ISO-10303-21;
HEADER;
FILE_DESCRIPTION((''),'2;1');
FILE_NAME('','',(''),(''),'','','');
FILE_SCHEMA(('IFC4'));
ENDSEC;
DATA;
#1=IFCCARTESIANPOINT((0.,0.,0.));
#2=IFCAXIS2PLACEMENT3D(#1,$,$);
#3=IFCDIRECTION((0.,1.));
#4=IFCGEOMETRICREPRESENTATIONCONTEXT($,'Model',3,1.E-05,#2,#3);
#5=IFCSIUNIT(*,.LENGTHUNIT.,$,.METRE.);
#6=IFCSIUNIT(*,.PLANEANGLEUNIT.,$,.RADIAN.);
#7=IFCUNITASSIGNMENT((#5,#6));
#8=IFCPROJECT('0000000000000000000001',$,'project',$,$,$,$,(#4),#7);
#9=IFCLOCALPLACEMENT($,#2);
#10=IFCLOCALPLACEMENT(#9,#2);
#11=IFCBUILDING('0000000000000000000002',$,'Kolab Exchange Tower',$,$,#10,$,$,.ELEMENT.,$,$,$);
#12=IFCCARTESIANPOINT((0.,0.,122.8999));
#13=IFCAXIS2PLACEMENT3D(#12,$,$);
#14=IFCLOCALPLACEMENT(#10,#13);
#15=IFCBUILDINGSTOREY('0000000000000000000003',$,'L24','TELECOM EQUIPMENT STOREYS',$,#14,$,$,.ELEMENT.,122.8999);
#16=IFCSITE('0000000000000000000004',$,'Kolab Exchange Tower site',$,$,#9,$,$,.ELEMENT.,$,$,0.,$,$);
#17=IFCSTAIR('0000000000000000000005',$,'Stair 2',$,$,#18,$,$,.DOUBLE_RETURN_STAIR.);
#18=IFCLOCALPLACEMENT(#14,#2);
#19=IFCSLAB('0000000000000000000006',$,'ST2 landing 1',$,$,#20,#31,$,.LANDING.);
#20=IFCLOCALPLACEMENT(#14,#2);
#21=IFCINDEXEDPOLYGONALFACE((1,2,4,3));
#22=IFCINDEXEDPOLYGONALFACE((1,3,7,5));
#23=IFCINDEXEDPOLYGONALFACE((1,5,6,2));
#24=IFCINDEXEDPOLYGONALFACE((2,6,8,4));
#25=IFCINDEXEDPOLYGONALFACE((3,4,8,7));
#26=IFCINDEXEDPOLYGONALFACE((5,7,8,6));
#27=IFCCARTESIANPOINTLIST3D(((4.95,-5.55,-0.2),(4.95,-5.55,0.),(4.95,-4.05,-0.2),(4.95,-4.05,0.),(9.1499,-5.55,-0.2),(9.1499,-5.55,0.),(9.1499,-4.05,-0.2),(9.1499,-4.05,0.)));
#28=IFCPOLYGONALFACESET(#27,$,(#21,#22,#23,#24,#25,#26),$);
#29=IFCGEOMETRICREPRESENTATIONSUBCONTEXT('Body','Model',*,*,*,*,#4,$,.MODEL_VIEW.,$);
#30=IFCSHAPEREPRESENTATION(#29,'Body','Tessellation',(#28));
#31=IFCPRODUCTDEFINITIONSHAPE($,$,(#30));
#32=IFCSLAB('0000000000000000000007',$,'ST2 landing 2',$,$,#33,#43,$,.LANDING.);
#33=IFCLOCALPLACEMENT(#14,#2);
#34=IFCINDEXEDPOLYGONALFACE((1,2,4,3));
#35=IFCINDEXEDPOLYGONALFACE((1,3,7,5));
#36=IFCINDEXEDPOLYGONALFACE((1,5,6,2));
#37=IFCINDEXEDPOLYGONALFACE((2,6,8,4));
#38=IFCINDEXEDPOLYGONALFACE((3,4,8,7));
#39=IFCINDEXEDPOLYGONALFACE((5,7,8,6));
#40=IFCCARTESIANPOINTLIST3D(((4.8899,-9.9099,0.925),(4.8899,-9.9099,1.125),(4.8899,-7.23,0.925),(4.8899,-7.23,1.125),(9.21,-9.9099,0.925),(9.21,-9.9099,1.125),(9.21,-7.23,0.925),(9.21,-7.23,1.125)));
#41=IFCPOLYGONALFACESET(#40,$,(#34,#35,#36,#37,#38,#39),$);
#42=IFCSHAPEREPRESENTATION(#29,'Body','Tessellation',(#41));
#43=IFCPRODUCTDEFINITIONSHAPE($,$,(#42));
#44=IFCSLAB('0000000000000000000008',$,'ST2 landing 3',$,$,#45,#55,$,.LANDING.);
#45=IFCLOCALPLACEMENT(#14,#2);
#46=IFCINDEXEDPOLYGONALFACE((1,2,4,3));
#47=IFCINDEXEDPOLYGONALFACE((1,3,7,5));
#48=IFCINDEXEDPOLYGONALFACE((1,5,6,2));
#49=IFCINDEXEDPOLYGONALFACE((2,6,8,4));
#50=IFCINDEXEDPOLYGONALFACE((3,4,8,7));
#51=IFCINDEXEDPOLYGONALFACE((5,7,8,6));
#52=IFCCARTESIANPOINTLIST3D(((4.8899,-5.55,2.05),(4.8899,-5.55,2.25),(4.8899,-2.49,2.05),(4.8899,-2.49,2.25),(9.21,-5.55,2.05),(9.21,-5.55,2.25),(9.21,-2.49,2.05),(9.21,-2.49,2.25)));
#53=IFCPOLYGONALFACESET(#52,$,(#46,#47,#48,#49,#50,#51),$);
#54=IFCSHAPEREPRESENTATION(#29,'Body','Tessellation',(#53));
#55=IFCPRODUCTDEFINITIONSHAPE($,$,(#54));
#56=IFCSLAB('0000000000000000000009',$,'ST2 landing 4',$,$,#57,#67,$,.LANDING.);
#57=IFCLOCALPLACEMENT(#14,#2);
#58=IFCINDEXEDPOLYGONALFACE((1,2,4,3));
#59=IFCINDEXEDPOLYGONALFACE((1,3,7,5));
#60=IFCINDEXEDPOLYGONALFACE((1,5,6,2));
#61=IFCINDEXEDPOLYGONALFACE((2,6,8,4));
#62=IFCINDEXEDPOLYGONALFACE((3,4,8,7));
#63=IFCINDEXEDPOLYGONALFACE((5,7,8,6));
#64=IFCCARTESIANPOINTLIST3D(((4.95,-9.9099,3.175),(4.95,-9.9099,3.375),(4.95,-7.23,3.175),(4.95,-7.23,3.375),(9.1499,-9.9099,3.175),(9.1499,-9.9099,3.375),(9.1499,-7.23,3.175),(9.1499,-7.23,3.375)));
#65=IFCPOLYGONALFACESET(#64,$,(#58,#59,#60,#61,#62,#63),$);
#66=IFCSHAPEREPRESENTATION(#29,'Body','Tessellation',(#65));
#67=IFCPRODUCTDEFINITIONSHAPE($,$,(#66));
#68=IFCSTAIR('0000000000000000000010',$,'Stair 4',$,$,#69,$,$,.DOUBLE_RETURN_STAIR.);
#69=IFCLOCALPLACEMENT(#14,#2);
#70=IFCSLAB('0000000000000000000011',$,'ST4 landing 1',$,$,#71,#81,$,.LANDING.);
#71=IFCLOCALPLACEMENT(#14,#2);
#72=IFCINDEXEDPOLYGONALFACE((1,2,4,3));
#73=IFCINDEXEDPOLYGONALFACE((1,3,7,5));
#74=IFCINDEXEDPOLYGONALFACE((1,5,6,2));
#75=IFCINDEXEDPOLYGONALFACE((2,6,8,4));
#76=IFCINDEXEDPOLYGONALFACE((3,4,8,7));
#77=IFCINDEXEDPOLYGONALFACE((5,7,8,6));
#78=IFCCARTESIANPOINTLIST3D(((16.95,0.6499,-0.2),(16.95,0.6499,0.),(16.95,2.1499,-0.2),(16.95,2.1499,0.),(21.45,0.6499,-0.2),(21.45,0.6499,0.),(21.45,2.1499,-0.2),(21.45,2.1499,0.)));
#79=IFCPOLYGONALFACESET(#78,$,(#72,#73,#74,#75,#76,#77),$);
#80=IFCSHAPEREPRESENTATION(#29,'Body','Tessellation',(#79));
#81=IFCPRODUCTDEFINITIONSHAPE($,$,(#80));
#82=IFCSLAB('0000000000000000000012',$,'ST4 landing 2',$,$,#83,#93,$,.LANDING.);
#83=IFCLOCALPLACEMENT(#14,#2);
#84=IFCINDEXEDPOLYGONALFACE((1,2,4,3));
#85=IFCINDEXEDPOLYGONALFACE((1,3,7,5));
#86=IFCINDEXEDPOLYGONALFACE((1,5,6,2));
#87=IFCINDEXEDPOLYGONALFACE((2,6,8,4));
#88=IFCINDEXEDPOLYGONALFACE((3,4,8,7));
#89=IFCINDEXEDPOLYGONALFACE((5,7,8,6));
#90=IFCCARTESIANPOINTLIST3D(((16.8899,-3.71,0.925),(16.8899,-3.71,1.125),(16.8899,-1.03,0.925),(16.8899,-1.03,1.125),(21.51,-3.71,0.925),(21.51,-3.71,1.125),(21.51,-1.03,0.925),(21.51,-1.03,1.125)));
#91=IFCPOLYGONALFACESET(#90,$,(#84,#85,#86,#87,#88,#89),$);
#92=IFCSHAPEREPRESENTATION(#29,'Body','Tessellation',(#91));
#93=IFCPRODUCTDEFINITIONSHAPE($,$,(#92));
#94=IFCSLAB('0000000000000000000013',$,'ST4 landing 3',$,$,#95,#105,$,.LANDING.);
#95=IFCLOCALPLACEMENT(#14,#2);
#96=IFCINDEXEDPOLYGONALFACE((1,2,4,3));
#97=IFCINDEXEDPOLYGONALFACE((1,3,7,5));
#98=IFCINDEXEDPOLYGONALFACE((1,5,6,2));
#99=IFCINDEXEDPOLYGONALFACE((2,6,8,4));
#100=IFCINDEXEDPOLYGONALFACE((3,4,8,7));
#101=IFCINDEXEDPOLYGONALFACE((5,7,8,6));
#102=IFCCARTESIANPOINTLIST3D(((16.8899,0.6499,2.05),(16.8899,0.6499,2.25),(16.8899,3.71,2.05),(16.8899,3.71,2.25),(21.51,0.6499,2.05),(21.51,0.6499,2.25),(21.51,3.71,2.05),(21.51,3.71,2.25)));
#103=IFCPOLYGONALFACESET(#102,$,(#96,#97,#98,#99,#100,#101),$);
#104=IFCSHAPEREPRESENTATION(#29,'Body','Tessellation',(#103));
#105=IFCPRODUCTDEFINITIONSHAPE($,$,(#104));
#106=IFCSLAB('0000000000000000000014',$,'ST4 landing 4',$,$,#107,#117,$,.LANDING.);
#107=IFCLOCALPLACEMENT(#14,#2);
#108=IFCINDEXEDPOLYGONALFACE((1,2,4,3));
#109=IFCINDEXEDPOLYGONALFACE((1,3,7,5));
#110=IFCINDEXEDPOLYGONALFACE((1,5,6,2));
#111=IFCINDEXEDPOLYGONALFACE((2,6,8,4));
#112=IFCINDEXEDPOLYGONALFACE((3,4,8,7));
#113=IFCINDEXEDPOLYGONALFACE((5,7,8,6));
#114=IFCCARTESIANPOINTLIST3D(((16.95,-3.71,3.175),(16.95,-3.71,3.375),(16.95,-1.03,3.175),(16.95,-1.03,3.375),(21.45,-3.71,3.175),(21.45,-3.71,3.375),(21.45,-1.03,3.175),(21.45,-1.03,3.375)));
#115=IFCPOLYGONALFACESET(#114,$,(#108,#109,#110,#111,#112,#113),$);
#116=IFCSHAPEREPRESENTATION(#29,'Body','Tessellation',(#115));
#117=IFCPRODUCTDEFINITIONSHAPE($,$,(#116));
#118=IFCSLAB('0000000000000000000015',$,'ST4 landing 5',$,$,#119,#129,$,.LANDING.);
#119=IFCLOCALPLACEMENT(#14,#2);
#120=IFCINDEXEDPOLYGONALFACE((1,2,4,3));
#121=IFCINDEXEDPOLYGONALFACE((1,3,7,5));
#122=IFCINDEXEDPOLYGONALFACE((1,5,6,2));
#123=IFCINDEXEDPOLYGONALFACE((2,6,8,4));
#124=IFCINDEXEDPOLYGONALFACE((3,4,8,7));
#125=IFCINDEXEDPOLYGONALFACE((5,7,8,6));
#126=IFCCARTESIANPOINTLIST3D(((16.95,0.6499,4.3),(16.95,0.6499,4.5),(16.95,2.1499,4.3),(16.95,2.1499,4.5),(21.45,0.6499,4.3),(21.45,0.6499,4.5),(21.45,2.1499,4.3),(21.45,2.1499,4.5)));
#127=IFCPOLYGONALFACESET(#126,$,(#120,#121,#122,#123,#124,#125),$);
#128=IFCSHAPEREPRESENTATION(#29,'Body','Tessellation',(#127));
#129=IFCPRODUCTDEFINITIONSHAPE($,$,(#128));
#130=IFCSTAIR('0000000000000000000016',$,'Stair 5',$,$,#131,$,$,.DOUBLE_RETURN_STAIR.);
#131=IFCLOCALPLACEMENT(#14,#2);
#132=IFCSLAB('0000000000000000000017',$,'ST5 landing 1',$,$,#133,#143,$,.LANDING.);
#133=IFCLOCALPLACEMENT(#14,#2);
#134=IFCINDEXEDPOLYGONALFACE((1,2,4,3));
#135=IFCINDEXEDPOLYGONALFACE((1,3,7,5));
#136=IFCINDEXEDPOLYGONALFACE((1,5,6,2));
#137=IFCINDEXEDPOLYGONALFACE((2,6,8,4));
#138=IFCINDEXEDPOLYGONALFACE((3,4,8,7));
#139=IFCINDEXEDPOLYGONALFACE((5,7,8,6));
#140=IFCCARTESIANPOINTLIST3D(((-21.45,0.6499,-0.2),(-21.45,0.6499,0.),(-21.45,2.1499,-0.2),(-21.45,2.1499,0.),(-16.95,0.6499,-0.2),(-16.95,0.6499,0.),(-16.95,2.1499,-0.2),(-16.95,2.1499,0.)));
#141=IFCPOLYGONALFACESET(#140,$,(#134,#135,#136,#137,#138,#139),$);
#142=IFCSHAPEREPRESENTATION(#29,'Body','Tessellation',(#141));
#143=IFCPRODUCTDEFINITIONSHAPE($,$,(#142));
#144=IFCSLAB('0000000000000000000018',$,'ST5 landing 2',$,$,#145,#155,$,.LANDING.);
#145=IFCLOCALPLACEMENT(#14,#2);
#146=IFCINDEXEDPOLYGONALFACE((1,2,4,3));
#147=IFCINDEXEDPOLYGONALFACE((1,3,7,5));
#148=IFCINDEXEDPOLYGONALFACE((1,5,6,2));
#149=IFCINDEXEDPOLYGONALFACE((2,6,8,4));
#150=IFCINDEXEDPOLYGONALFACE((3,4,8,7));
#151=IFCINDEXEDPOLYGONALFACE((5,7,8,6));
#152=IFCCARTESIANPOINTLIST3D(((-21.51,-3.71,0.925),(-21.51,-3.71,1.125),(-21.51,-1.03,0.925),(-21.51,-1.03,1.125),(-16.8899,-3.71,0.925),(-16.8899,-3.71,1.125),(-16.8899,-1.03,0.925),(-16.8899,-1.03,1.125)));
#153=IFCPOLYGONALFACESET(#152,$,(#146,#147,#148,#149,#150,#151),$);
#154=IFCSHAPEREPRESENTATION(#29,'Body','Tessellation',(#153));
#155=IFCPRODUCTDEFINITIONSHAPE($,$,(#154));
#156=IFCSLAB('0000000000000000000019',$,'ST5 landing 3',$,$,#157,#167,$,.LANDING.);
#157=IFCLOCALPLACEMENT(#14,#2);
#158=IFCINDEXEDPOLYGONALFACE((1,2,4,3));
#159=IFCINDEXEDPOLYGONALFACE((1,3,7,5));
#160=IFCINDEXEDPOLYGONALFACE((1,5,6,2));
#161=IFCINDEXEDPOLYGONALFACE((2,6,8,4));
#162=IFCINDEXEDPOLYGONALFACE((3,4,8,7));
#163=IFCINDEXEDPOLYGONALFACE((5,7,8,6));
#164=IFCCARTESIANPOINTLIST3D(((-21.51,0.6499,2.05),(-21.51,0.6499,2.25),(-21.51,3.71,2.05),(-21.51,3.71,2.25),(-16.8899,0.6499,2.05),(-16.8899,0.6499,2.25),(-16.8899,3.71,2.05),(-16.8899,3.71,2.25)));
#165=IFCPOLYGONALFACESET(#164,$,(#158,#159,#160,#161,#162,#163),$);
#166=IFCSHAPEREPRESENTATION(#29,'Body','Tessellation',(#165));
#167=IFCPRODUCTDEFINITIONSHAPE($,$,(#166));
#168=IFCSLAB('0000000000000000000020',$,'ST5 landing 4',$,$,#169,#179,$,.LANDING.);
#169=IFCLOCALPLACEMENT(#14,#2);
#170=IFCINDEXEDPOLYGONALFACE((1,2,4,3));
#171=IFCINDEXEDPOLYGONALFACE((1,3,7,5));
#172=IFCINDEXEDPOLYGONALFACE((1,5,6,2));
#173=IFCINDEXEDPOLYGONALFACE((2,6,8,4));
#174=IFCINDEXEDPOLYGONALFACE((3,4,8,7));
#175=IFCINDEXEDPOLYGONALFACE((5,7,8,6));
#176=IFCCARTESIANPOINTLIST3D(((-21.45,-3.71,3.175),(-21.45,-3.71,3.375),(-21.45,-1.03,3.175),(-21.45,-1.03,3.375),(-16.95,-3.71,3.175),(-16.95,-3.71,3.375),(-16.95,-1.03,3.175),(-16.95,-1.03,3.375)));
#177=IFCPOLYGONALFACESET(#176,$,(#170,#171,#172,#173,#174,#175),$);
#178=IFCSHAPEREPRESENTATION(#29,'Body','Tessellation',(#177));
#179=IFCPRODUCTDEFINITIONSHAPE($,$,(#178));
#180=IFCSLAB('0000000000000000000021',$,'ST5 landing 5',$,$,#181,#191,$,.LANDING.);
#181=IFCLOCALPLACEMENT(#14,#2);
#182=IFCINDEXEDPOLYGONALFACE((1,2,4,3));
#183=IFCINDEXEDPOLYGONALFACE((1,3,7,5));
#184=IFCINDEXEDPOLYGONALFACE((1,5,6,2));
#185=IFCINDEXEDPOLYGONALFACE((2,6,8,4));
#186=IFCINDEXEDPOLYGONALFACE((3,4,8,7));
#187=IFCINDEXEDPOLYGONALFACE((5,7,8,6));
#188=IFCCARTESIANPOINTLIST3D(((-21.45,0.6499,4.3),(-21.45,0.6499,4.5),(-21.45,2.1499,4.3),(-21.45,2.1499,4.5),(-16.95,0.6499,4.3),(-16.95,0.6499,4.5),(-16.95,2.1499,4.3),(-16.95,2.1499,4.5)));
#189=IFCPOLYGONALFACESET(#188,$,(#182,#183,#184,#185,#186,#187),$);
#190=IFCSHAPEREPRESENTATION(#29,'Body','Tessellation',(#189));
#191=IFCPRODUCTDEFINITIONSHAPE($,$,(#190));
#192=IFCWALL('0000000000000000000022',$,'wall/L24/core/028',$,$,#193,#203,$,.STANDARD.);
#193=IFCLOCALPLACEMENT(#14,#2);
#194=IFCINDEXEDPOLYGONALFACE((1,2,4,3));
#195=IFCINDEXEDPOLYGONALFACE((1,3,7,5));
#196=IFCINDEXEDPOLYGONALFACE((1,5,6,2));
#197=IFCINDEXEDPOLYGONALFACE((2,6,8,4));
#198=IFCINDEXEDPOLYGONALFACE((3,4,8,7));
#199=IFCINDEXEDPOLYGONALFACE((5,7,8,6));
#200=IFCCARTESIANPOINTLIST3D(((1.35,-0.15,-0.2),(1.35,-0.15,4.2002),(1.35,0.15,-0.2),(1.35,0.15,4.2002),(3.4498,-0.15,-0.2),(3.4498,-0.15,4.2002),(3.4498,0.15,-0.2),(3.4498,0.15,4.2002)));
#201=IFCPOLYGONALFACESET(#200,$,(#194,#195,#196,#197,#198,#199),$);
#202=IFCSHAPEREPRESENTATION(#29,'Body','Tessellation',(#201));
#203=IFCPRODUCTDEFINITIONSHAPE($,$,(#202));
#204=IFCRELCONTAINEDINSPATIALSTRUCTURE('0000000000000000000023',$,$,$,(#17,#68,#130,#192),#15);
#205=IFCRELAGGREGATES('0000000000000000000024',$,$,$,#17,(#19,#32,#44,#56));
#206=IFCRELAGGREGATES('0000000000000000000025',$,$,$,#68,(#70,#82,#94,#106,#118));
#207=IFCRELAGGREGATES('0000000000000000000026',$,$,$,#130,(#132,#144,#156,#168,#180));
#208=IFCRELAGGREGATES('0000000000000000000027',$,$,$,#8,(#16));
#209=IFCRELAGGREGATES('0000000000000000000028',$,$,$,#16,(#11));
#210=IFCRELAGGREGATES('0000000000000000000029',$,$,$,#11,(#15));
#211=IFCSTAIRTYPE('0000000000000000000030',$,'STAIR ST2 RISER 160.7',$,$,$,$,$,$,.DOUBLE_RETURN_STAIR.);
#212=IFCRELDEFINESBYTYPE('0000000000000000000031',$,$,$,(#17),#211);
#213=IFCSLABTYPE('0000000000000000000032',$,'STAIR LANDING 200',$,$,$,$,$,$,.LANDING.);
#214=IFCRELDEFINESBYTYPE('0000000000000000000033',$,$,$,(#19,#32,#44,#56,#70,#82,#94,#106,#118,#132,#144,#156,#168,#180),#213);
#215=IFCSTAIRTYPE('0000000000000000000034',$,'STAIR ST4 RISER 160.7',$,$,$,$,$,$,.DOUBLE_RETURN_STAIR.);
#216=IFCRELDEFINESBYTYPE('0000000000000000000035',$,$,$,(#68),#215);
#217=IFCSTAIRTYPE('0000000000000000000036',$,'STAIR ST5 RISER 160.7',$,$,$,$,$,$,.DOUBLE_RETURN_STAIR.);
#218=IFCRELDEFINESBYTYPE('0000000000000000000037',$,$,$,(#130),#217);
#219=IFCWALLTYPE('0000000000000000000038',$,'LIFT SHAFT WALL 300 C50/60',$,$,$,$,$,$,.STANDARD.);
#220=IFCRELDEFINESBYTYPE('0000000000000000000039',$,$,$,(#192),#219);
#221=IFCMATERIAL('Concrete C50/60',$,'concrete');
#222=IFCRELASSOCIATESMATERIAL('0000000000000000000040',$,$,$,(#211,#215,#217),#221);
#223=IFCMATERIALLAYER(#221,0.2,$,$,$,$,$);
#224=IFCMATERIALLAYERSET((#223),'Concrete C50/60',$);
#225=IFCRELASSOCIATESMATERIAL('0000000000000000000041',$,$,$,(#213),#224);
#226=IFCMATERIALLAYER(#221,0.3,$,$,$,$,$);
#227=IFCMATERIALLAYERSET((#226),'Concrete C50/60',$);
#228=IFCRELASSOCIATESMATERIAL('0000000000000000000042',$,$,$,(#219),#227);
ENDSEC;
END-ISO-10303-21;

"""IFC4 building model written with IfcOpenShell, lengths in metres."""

from ifc_helpers import new_model, si_unit, direction, frame, frame_2d, origin, place, context, subcontext, project, spatial, polyline, rectangle, outline, extrude, material, layer, layer_set, type_object, element, aggregate, save


model = new_model("IFC4")

# Units and contexts
model_context = context("Model", 3, precision=1e-05, world=origin(), true_north=direction((0.0, 1.0)))
body_context = subcontext(model_context, "Body", "Model", "MODEL_VIEW")
ifc_project = project(units=[si_unit("LENGTHUNIT", "METRE"), si_unit("PLANEANGLEUNIT", "RADIAN")], contexts=[model_context])

# Site, building, storey
site_placement = place(None, origin())
site = spatial("IfcSite", under=ifc_project, at=site_placement, Name="Kolab Exchange Tower site", CompositionType="ELEMENT", RefElevation=0.0)
building_placement = place(site_placement, origin())
building = spatial("IfcBuilding", under=site, at=building_placement, Name="Kolab Exchange Tower", CompositionType="ELEMENT")
storey_placement = place(building_placement, frame((0.0, 0.0, 122.8999)))
storey = spatial("IfcBuildingStorey", under=building, at=storey_placement, Name="L24", Description="TELECOM EQUIPMENT STOREYS", CompositionType="ELEMENT", Elevation=122.8999)

# Stairs, slabs
ifc_material_1 = material(Name="Concrete C50/60", Category="concrete")
stair_type_1 = type_object("IfcStairType", Name="STAIR ST2 RISER 160.7", PredefinedType="DOUBLE_RETURN_STAIR", material=ifc_material_1)
stair_1_placement = place(storey_placement, origin())
stair_1 = element("IfcStair", 1, at=stair_1_placement, inside=storey, type_object=stair_type_1, Name="Stair 2", PredefinedType="DOUBLE_RETURN_STAIR")
ifc_layer_1 = layer(ifc_material_1, 0.2)
ifc_layer_set_1 = layer_set([ifc_layer_1], Name="Concrete C50/60")
slab_type = type_object("IfcSlabType", Name="STAIR LANDING 200", PredefinedType="LANDING", material=ifc_layer_set_1)
slab_1_placement = place(storey_placement, frame((0.0, 0.0, -0.2)))
slab_1 = element("IfcSlab", 2, at=slab_1_placement, type_object=slab_type, Name="ST2 landing 1", PredefinedType="LANDING", context=body_context, shape_type="SweptSolid", body=[
    extrude(outline(polyline([(4.95, -5.55), (9.1499, -5.55), (9.1499, -4.05), (4.95, -4.05), (4.95, -5.55)])), origin(), (0.0, 0.0, 1.0), 0.2),
])
slab_2_placement = place(storey_placement, frame((0.0, 0.0, 0.925)))
slab_2 = element("IfcSlab", 3, at=slab_2_placement, type_object=slab_type, Name="ST2 landing 2", PredefinedType="LANDING", context=body_context, shape_type="SweptSolid", body=[
    extrude(outline(polyline([(4.8899, -9.9099), (9.21, -9.9099), (9.21, -7.23), (4.8899, -7.23), (4.8899, -9.9099)])), origin(), (0.0, 0.0, 1.0), 0.2),
])
slab_3_placement = place(storey_placement, frame((0.0, 0.0, 2.05)))
slab_3 = element("IfcSlab", 4, at=slab_3_placement, type_object=slab_type, Name="ST2 landing 3", PredefinedType="LANDING", context=body_context, shape_type="SweptSolid", body=[
    extrude(outline(polyline([(4.8899, -5.55), (9.21, -5.55), (9.21, -2.49), (4.8899, -2.49), (4.8899, -5.55)])), origin(), (0.0, 0.0, 1.0), 0.2),
])
slab_4_placement = place(storey_placement, frame((0.0, 0.0, 3.175)))
slab_4 = element("IfcSlab", 5, at=slab_4_placement, type_object=slab_type, Name="ST2 landing 4", PredefinedType="LANDING", context=body_context, shape_type="SweptSolid", body=[
    extrude(outline(polyline([(4.95, -9.9099), (9.1499, -9.9099), (9.1499, -7.23), (4.95, -7.23), (4.95, -9.9099)])), origin(), (0.0, 0.0, 1.0), 0.2),
])
aggregate(stair_1, [slab_1, slab_2, slab_3, slab_4])
stair_type_2 = type_object("IfcStairType", Name="STAIR ST4 RISER 160.7", PredefinedType="DOUBLE_RETURN_STAIR", material=ifc_material_1)
stair_2_placement = place(storey_placement, origin())
stair_2 = element("IfcStair", 6, at=stair_2_placement, inside=storey, type_object=stair_type_2, Name="Stair 4", PredefinedType="DOUBLE_RETURN_STAIR")
slab_5_placement = place(storey_placement, frame((0.0, 0.0, -0.2)))
slab_5 = element("IfcSlab", 7, at=slab_5_placement, type_object=slab_type, Name="ST4 landing 1", PredefinedType="LANDING", context=body_context, shape_type="SweptSolid", body=[
    extrude(outline(polyline([(16.95, 0.6499), (21.45, 0.6499), (21.45, 2.1499), (16.95, 2.1499), (16.95, 0.6499)])), origin(), (0.0, 0.0, 1.0), 0.2),
])
slab_6_placement = place(storey_placement, frame((0.0, 0.0, 0.925)))
slab_6 = element("IfcSlab", 8, at=slab_6_placement, type_object=slab_type, Name="ST4 landing 2", PredefinedType="LANDING", context=body_context, shape_type="SweptSolid", body=[
    extrude(outline(polyline([(16.8899, -3.71), (21.51, -3.71), (21.51, -1.03), (16.8899, -1.03), (16.8899, -3.71)])), origin(), (0.0, 0.0, 1.0), 0.2),
])
slab_7_placement = place(storey_placement, frame((0.0, 0.0, 2.05)))
slab_7 = element("IfcSlab", 9, at=slab_7_placement, type_object=slab_type, Name="ST4 landing 3", PredefinedType="LANDING", context=body_context, shape_type="SweptSolid", body=[
    extrude(outline(polyline([(16.8899, 0.6499), (21.51, 0.6499), (21.51, 3.71), (16.8899, 3.71), (16.8899, 0.6499)])), origin(), (0.0, 0.0, 1.0), 0.2),
])
slab_8_placement = place(storey_placement, frame((0.0, 0.0, 3.175)))
slab_8 = element("IfcSlab", 10, at=slab_8_placement, type_object=slab_type, Name="ST4 landing 4", PredefinedType="LANDING", context=body_context, shape_type="SweptSolid", body=[
    extrude(outline(polyline([(16.95, -3.71), (21.45, -3.71), (21.45, -1.03), (16.95, -1.03), (16.95, -3.71)])), origin(), (0.0, 0.0, 1.0), 0.2),
])
slab_9_placement = place(storey_placement, frame((0.0, 0.0, 4.3)))
slab_9 = element("IfcSlab", 11, at=slab_9_placement, type_object=slab_type, Name="ST4 landing 5", PredefinedType="LANDING", context=body_context, shape_type="SweptSolid", body=[
    extrude(outline(polyline([(16.95, 0.6499), (21.45, 0.6499), (21.45, 2.1499), (16.95, 2.1499), (16.95, 0.6499)])), origin(), (0.0, 0.0, 1.0), 0.2),
])
aggregate(stair_2, [slab_5, slab_6, slab_7, slab_8, slab_9])
stair_type_3 = type_object("IfcStairType", Name="STAIR ST5 RISER 160.7", PredefinedType="DOUBLE_RETURN_STAIR", material=ifc_material_1)
stair_3_placement = place(storey_placement, origin())
stair_3 = element("IfcStair", 12, at=stair_3_placement, inside=storey, type_object=stair_type_3, Name="Stair 5", PredefinedType="DOUBLE_RETURN_STAIR")
slab_10_placement = place(storey_placement, frame((0.0, 0.0, -0.2)))
slab_10 = element("IfcSlab", 13, at=slab_10_placement, type_object=slab_type, Name="ST5 landing 1", PredefinedType="LANDING", context=body_context, shape_type="SweptSolid", body=[
    extrude(outline(polyline([(-21.45, 0.6499), (-16.95, 0.6499), (-16.95, 2.1499), (-21.45, 2.1499), (-21.45, 0.6499)])), origin(), (0.0, 0.0, 1.0), 0.2),
])
slab_11_placement = place(storey_placement, frame((0.0, 0.0, 0.925)))
slab_11 = element("IfcSlab", 14, at=slab_11_placement, type_object=slab_type, Name="ST5 landing 2", PredefinedType="LANDING", context=body_context, shape_type="SweptSolid", body=[
    extrude(outline(polyline([(-21.51, -3.71), (-16.8899, -3.71), (-16.8899, -1.03), (-21.51, -1.03), (-21.51, -3.71)])), origin(), (0.0, 0.0, 1.0), 0.2),
])
slab_12_placement = place(storey_placement, frame((0.0, 0.0, 2.05)))
slab_12 = element("IfcSlab", 15, at=slab_12_placement, type_object=slab_type, Name="ST5 landing 3", PredefinedType="LANDING", context=body_context, shape_type="SweptSolid", body=[
    extrude(outline(polyline([(-21.51, 0.6499), (-16.8899, 0.6499), (-16.8899, 3.71), (-21.51, 3.71), (-21.51, 0.6499)])), origin(), (0.0, 0.0, 1.0), 0.2),
])
slab_13_placement = place(storey_placement, frame((0.0, 0.0, 3.175)))
slab_13 = element("IfcSlab", 16, at=slab_13_placement, type_object=slab_type, Name="ST5 landing 4", PredefinedType="LANDING", context=body_context, shape_type="SweptSolid", body=[
    extrude(outline(polyline([(-21.45, -3.71), (-16.95, -3.71), (-16.95, -1.03), (-21.45, -1.03), (-21.45, -3.71)])), origin(), (0.0, 0.0, 1.0), 0.2),
])
slab_14_placement = place(storey_placement, frame((0.0, 0.0, 4.3)))
slab_14 = element("IfcSlab", 17, at=slab_14_placement, type_object=slab_type, Name="ST5 landing 5", PredefinedType="LANDING", context=body_context, shape_type="SweptSolid", body=[
    extrude(outline(polyline([(-21.45, 0.6499), (-16.95, 0.6499), (-16.95, 2.1499), (-21.45, 2.1499), (-21.45, 0.6499)])), origin(), (0.0, 0.0, 1.0), 0.2),
])
aggregate(stair_3, [slab_10, slab_11, slab_12, slab_13, slab_14])

# Wall
ifc_layer_2 = layer(ifc_material_1, 0.3)
ifc_layer_set_2 = layer_set([ifc_layer_2], Name="Concrete C50/60")
wall_type = type_object("IfcWallType", Name="LIFT SHAFT WALL 300 C50/60", PredefinedType="STANDARD", material=ifc_layer_set_2)
wall_1_placement = place(storey_placement, frame((1.3501, 0.0, -0.2), z_axis=(0.0, 0.0, 1.0), x_axis=(1.0, 0.0, 0.0)))
element("IfcWall", 18, at=wall_1_placement, inside=storey, type_object=wall_type, Name="wall/L24/core/028", PredefinedType="STANDARD", context=body_context, shape_type="SweptSolid", body=[
    extrude(rectangle(XDim=2.0999, YDim=0.3, at=frame_2d((1.0498, 0.0))), origin(), (0.0, 0.0, 1.0), 4.4001),
])

save(model, "model.ifc")
